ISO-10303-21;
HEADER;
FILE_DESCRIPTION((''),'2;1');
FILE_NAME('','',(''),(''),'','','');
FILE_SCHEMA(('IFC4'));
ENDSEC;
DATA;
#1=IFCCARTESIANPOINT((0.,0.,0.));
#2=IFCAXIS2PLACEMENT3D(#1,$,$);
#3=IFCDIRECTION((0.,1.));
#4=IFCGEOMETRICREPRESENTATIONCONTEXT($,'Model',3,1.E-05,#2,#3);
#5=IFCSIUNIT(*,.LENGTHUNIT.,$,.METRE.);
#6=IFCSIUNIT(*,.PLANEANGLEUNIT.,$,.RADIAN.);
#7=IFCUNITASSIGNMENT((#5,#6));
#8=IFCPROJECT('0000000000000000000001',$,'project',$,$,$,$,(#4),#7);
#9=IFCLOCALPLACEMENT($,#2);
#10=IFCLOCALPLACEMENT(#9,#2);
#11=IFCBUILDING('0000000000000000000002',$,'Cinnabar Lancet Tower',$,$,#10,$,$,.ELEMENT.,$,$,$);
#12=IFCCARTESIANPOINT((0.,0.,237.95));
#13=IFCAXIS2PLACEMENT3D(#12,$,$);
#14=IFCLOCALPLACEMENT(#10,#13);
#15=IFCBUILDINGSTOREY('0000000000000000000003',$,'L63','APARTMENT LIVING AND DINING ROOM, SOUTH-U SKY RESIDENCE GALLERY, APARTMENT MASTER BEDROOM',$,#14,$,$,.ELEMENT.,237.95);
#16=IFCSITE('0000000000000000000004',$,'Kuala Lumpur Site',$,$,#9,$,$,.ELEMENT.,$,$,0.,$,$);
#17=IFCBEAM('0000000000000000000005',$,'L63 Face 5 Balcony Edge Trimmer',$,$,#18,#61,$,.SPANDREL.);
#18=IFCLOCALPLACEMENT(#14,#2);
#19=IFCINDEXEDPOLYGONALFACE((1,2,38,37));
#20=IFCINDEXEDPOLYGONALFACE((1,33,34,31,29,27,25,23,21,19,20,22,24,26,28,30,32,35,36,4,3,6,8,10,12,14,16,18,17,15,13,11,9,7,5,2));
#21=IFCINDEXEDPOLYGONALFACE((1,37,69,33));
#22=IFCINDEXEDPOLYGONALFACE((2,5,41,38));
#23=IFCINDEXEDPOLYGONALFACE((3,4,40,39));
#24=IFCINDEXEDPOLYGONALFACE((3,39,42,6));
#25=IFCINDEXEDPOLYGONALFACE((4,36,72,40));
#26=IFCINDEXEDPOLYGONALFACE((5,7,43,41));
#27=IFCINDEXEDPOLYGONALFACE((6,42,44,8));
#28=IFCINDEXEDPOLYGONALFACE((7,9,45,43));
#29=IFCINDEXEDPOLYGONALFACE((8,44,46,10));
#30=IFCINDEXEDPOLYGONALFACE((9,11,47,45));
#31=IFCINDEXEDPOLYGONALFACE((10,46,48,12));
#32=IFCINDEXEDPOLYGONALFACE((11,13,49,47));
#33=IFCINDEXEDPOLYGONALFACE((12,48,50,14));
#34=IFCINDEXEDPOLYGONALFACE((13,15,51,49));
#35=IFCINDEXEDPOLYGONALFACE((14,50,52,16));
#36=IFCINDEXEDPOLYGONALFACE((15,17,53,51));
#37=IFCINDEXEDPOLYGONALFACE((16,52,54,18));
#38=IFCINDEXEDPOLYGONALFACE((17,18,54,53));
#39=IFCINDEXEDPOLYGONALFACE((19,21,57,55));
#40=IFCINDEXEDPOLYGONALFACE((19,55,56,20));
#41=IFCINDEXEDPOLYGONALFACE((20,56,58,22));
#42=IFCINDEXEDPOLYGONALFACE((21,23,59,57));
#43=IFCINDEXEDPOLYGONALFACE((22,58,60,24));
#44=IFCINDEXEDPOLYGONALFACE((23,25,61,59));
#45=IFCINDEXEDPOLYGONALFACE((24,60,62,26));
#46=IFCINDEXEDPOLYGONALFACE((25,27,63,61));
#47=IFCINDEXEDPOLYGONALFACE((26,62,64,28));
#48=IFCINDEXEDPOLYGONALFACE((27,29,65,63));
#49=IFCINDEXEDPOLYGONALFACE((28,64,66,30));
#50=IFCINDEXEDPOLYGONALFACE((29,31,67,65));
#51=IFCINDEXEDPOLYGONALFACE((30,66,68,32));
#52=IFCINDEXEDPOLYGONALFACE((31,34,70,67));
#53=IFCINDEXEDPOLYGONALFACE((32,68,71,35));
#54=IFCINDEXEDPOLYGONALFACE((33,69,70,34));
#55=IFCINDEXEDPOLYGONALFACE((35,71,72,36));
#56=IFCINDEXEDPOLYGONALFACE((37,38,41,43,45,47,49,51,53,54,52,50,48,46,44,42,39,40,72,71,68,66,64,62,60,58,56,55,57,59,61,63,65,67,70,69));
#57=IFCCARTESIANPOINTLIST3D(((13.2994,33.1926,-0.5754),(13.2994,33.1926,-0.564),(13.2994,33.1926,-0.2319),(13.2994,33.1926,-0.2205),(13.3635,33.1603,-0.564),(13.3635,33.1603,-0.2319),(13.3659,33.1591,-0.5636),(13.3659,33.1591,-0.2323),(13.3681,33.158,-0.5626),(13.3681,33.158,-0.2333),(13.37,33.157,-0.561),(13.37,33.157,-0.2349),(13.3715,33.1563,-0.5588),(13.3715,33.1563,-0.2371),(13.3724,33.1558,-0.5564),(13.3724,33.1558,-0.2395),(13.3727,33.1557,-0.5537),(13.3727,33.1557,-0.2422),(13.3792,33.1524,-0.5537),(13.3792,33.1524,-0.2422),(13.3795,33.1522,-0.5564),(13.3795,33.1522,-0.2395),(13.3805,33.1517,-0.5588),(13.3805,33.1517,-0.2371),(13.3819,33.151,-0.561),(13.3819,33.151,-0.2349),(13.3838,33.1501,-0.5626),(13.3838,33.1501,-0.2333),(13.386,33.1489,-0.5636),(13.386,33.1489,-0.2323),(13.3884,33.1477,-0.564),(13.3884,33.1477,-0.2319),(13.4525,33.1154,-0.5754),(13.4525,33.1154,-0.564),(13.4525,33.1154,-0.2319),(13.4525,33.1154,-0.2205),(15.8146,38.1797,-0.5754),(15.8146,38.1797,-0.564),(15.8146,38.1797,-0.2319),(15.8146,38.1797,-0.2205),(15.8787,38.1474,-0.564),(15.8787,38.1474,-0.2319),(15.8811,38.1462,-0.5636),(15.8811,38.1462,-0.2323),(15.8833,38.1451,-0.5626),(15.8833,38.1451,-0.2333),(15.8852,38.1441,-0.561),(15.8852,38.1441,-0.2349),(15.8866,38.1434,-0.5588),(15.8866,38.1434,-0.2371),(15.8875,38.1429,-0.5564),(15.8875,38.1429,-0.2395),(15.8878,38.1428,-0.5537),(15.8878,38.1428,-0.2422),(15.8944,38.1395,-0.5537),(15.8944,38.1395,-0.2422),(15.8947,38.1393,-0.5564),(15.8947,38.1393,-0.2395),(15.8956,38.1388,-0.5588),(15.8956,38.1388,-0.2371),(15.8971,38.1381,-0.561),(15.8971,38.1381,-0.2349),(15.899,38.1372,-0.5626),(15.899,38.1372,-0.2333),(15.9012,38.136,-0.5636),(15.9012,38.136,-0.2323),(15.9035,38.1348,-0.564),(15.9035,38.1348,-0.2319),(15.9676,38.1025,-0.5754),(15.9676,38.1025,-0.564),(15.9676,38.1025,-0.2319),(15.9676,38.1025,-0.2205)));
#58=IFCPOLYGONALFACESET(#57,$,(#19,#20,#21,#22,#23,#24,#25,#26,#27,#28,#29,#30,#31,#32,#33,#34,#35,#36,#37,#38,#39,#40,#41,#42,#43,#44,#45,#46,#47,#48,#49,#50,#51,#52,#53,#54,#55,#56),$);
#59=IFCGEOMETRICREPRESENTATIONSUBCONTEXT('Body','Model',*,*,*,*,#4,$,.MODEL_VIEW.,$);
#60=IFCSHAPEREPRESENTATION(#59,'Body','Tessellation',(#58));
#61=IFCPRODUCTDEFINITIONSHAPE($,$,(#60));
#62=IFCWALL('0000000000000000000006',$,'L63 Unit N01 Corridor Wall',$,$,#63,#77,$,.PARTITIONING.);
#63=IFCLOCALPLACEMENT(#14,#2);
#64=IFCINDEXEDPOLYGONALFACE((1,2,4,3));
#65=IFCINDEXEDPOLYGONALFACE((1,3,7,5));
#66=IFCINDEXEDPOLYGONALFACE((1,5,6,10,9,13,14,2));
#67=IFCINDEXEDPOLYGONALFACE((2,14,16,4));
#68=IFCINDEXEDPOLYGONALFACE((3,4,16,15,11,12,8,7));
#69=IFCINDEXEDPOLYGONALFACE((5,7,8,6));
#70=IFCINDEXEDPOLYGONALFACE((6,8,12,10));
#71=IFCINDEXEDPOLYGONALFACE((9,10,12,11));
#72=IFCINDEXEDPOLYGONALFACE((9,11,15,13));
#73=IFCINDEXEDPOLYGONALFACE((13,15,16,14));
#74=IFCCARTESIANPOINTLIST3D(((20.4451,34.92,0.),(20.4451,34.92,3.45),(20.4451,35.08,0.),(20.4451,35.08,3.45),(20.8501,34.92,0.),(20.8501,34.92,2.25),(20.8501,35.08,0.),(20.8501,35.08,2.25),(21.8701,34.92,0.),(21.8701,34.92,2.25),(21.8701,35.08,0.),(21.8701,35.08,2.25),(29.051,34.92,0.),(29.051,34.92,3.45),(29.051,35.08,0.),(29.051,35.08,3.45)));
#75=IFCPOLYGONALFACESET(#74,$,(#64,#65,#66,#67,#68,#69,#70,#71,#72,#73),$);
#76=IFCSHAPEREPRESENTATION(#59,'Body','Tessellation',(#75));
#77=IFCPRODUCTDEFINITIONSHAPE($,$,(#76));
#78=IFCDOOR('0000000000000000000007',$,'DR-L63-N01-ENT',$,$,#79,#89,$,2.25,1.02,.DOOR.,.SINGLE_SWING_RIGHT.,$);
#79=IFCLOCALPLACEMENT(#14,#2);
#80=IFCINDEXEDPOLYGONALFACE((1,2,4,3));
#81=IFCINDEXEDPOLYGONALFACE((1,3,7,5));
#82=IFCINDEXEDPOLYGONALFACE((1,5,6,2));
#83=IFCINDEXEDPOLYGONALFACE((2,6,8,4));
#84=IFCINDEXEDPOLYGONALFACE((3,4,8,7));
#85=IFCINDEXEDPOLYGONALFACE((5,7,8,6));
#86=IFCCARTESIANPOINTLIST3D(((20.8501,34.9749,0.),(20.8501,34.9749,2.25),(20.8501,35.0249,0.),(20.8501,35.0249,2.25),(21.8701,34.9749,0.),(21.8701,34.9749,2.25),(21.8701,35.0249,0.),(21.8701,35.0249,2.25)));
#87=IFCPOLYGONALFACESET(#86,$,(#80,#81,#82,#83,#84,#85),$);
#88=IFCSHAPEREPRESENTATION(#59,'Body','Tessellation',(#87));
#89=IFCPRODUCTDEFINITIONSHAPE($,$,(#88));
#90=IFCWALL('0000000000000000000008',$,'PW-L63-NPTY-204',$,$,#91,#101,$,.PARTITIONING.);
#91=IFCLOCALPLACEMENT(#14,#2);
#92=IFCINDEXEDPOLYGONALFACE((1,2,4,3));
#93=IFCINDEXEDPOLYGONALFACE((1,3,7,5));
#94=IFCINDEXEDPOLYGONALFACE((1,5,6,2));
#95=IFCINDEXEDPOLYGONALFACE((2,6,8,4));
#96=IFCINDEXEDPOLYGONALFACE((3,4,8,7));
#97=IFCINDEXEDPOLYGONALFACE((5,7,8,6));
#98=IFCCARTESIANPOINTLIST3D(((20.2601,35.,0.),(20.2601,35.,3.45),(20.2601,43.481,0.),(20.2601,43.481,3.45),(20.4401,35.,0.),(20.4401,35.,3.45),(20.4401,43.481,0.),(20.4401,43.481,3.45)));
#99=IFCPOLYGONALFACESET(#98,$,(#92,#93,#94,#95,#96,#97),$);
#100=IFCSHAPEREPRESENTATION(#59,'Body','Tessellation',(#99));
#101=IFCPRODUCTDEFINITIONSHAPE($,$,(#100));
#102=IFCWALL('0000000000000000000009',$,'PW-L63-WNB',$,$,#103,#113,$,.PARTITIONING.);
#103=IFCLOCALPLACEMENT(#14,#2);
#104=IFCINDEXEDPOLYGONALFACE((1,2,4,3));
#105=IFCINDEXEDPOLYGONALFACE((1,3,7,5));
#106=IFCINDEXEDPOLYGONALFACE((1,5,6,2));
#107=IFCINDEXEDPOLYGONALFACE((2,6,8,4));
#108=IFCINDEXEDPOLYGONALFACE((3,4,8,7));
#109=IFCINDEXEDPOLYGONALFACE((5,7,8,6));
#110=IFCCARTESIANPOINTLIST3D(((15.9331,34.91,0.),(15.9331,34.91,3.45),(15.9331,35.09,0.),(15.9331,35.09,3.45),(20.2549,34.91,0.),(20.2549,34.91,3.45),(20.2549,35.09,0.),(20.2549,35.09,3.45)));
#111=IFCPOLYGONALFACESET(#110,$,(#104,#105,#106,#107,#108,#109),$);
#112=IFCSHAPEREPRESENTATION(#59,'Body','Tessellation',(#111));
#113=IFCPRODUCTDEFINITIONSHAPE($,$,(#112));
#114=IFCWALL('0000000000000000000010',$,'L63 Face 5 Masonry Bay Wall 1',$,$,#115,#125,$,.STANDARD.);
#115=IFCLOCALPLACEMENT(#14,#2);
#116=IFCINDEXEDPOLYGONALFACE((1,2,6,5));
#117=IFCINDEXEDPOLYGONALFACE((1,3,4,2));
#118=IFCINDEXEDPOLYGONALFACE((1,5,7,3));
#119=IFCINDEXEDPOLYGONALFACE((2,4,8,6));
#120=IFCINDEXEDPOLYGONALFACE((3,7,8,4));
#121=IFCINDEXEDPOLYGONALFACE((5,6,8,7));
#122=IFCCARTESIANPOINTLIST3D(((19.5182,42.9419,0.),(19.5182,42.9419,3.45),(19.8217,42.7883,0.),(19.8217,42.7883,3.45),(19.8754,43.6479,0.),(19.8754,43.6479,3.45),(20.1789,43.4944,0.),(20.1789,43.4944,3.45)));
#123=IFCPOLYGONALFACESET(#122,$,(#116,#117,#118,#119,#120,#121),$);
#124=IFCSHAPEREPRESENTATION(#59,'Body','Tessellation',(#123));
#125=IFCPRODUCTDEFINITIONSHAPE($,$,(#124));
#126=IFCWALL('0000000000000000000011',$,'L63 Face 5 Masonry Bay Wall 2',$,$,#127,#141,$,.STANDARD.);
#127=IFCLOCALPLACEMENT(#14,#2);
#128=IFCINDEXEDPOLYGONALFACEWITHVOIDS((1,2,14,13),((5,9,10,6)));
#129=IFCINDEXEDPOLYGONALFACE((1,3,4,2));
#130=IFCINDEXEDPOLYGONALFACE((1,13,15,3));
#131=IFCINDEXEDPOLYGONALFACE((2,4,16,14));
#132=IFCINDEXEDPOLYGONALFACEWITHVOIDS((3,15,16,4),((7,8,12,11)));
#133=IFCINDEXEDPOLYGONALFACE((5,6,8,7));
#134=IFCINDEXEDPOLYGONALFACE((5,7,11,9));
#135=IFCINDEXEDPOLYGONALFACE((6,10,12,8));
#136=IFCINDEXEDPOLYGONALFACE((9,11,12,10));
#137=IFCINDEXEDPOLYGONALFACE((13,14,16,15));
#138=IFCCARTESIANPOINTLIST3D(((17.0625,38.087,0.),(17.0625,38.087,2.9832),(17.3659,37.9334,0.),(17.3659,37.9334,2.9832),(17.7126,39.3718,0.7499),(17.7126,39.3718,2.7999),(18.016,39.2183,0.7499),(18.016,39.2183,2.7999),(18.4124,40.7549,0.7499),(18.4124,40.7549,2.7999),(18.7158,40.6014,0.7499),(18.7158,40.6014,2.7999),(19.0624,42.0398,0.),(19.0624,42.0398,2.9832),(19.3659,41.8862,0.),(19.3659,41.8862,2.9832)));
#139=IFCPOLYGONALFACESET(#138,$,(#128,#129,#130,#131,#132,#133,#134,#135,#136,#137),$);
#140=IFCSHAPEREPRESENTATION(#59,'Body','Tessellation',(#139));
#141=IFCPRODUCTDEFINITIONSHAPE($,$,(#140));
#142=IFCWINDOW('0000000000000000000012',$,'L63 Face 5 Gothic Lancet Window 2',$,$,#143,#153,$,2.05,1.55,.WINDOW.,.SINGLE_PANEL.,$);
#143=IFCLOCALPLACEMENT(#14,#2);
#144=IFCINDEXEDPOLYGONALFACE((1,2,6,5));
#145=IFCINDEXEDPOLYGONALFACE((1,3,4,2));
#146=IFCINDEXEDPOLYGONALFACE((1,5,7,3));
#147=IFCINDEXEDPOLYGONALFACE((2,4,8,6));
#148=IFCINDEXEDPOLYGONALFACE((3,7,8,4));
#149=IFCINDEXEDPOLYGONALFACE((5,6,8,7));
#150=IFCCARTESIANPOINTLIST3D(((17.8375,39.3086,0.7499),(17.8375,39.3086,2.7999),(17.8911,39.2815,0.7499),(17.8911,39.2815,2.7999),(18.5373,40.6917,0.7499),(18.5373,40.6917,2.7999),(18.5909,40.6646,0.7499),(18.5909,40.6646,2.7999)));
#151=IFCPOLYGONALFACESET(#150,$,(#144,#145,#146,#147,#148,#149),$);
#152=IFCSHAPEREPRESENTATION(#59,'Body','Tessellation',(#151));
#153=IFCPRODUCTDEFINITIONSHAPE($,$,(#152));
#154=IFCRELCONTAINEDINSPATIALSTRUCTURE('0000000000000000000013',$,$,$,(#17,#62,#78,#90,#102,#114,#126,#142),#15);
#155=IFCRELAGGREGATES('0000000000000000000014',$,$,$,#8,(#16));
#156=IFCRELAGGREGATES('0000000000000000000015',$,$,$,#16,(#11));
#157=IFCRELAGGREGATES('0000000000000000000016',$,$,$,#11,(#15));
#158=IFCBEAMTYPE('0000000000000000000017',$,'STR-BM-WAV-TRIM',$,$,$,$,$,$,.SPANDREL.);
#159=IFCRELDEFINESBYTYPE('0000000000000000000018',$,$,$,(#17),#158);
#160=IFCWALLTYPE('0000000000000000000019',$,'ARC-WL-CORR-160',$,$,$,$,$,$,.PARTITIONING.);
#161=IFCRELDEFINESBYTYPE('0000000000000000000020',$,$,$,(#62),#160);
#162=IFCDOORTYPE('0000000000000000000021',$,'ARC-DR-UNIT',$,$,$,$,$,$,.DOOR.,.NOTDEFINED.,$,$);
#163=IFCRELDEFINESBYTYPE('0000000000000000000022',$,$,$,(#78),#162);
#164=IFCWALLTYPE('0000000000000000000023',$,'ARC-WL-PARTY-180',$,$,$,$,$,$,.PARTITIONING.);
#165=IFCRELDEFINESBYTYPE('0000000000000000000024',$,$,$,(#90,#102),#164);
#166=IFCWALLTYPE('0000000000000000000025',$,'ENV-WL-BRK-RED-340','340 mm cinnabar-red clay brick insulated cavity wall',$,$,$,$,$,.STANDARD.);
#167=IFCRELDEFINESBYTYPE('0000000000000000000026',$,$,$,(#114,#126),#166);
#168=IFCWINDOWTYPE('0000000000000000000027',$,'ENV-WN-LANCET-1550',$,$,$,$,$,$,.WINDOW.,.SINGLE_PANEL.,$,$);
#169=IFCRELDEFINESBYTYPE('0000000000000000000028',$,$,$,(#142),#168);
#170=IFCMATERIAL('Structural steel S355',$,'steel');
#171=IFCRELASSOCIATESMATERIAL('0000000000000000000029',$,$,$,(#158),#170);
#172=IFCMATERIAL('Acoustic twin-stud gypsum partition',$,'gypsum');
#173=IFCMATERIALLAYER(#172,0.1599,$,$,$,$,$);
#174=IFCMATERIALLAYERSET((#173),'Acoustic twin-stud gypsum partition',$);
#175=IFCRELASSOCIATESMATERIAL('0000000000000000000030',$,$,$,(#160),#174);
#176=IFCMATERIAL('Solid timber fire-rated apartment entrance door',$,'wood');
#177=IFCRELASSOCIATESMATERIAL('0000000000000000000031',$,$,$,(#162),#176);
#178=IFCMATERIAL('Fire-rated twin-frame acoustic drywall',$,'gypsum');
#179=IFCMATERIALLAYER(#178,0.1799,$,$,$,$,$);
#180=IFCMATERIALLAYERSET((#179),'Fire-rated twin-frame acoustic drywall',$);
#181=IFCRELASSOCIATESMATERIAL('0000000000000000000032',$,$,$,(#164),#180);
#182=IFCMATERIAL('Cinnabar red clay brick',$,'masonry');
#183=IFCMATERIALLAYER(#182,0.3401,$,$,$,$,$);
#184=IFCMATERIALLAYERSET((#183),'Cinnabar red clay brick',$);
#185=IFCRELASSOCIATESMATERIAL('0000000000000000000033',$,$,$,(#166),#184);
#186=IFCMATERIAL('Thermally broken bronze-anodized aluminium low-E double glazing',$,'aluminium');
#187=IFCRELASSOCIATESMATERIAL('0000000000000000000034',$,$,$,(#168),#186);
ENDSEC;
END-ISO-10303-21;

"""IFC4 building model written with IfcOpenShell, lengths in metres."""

from ifc_helpers import new_model, si_unit, direction, frame, frame_2d, origin, origin_2d, place, context, subcontext, project, spatial, rectangle, i_section, extrude, material, layer, layer_set, material_profile, profile_set, type_object, element, fill, save


model = new_model("IFC4")

# Units and contexts
model_context = context("Model", 3, precision=1e-05, world=origin(), true_north=direction((0.0, 1.0)))
body_context = subcontext(model_context, "Body", "Model", "MODEL_VIEW")
ifc_project = project(units=[si_unit("LENGTHUNIT", "METRE"), si_unit("PLANEANGLEUNIT", "RADIAN")], contexts=[model_context])

# Site, building, storey
site_placement = place(None, origin())
site = spatial("IfcSite", under=ifc_project, at=site_placement, Name="Kuala Lumpur Site", CompositionType="ELEMENT", RefElevation=0.0)
building_placement = place(site_placement, origin())
building = spatial("IfcBuilding", under=site, at=building_placement, Name="Cinnabar Lancet Tower", CompositionType="ELEMENT")
storey_placement = place(building_placement, frame((0.0, 0.0, 237.95)))
storey = spatial("IfcBuildingStorey", under=building, at=storey_placement, Name="L63", Description="APARTMENT LIVING AND DINING ROOM, SOUTH-U SKY RESIDENCE GALLERY, APARTMENT MASTER BEDROOM", CompositionType="ELEMENT", Elevation=237.95)

# Beam
ifc_material_1 = material(Name="Structural steel S355", Category="steel")
ifc_material_profile_1 = material_profile(ifc_material_1, i_section(OverallWidth=0.1714, OverallDepth=0.355, WebThickness=0.0073, FlangeThickness=0.0115, FilletRadius=0.0103, at=origin_2d()), Name="UKB 356x171x51")
ifc_profile_set_1 = profile_set([ifc_material_profile_1], Name="Structural steel S355")
beam_type_1 = type_object("IfcBeamType", Name="STR-BM-WAV-TRIM", PredefinedType="SPANDREL", material=ifc_profile_set_1)
beam_1_placement = place(storey_placement, frame((15.8911, 38.1411, -0.3979), z_axis=(-0.450306, -0.892874, 0.0), x_axis=(0.892874, -0.450306, 0.0)))
element("IfcBeam", 1, at=beam_1_placement, inside=storey, type_object=beam_type_1, Name="L63 Face 5 Balcony Edge Trimmer", PredefinedType="SPANDREL", context=body_context, shape_type="SweptSolid", body=[
    extrude(i_section(OverallWidth=0.1714, OverallDepth=0.355, WebThickness=0.0073, FlangeThickness=0.0115, FilletRadius=0.0103, at=origin_2d()), origin(), (0.0, 0.0, 1.0), 5.5854),
])

# Wall, opening, door
ifc_material_2 = material(Name="Acoustic twin-stud gypsum partition", Category="gypsum")
ifc_layer_1 = layer(ifc_material_2, 0.1599)
ifc_layer_set_1 = layer_set([ifc_layer_1], Name="Acoustic twin-stud gypsum partition")
wall_type_1 = type_object("IfcWallType", Name="ARC-WL-CORR-160", PredefinedType="PARTITIONING", material=ifc_layer_set_1)
wall_1_placement = place(storey_placement, frame((20.4451, 35.0, 0.0), z_axis=(0.0, 0.0, 1.0), x_axis=(1.0, 0.0, 0.0)))
wall_1 = element("IfcWall", 2, at=wall_1_placement, inside=storey, type_object=wall_type_1, Name="L63 Unit N01 Corridor Wall", PredefinedType="PARTITIONING", context=body_context, shape_type="SweptSolid", body=[
    extrude(rectangle(XDim=8.606, YDim=0.1599, at=frame_2d((4.303, 0.0))), origin(), (0.0, 0.0, 1.0), 3.45),
])
opening_1_placement = place(wall_1_placement, frame((0.405, 0.0, 0.0)))
opening_1 = element("IfcOpeningElement", 3, at=opening_1_placement, cuts=wall_1, PredefinedType="OPENING", context=body_context, shape_type="SweptSolid", body=[
    extrude(rectangle(XDim=1.02, YDim=2.25, at=frame_2d((0.51, 1.125))), frame((0.0, 0.0898, 0.0), z_axis=(0.0, -1.0, 0.0), x_axis=(1.0, 0.0, 0.0)), (0.0, 0.0, 1.0), 0.1799),
])
ifc_material_3 = material(Name="Solid timber fire-rated apartment entrance door", Category="wood")
door_type_1 = type_object("IfcDoorType", Name="ARC-DR-UNIT", OperationType="NOTDEFINED", PredefinedType="DOOR", material=ifc_material_3)
door_1_placement = place(opening_1_placement, origin())
door_1 = element("IfcDoor", 4, at=door_1_placement, inside=storey, type_object=door_type_1, Name="DR-L63-N01-ENT", OperationType="SINGLE_SWING_RIGHT", OverallHeight=2.25, OverallWidth=1.02, PredefinedType="DOOR", context=body_context, shape_type="SweptSolid", body=[
    extrude(rectangle(XDim=1.02, YDim=2.25, at=frame_2d((0.51, 1.125))), frame((0.0, 0.0249, 0.0), z_axis=(0.0, -1.0, 0.0), x_axis=(1.0, 0.0, 0.0)), (0.0, 0.0, 1.0), 0.05),
])
fill(opening_1, door_1)

# Walls
ifc_material_4 = material(Name="Fire-rated twin-frame acoustic drywall", Category="gypsum")
ifc_layer_2 = layer(ifc_material_4, 0.1799)
ifc_layer_set_2 = layer_set([ifc_layer_2], Name="Fire-rated twin-frame acoustic drywall")
wall_type_2 = type_object("IfcWallType", Name="ARC-WL-PARTY-180", PredefinedType="PARTITIONING", material=ifc_layer_set_2)
wall_2_placement = place(storey_placement, frame((20.3501, 35.0, 0.0), z_axis=(0.0, 0.0, 1.0), x_axis=(0.0, 1.0, 0.0)))
element("IfcWall", 5, at=wall_2_placement, inside=storey, type_object=wall_type_2, Name="PW-L63-NPTY-204", PredefinedType="PARTITIONING", context=body_context, shape_type="SweptSolid", body=[
    extrude(rectangle(XDim=8.481, YDim=0.1799, at=frame_2d((4.2405, 0.0))), origin(), (0.0, 0.0, 1.0), 3.45),
])
wall_3_placement = place(storey_placement, frame((15.9331, 35.0, 0.0), z_axis=(0.0, 0.0, 1.0), x_axis=(1.0, 0.0, 0.0)))
element("IfcWall", 6, at=wall_3_placement, inside=storey, type_object=wall_type_2, Name="PW-L63-WNB", PredefinedType="PARTITIONING", context=body_context, shape_type="SweptSolid", body=[
    extrude(rectangle(XDim=4.3218, YDim=0.1799, at=frame_2d((2.1609, 0.0))), origin(), (0.0, 0.0, 1.0), 3.45),
])
ifc_material_5 = material(Name="Cinnabar red clay brick", Category="masonry")
ifc_layer_3 = layer(ifc_material_5, 0.3401)
ifc_layer_set_3 = layer_set([ifc_layer_3], Name="Cinnabar red clay brick")
wall_type_3 = type_object("IfcWallType", Name="ENV-WL-BRK-RED-340", Description="340 mm cinnabar-red clay brick insulated cavity wall", PredefinedType="STANDARD", material=ifc_layer_set_3)
wall_4_placement = place(storey_placement, frame((20.0271, 43.571, 0.0), z_axis=(0.0, 0.0, 1.0), x_axis=(-0.451405, -0.892319, 0.0)))
element("IfcWall", 7, at=wall_4_placement, inside=storey, type_object=wall_type_3, Name="L63 Face 5 Masonry Bay Wall 1", PredefinedType="STANDARD", context=body_context, shape_type="SweptSolid", body=[
    extrude(rectangle(XDim=0.7913, YDim=0.3401, at=frame_2d((0.3955, 0.0))), origin(), (0.0, 0.0, 1.0), 3.45),
])

# Wall, opening, window
wall_5_placement = place(storey_placement, frame((19.2141, 41.9629, 0.0), z_axis=(0.0, 0.0, 1.0), x_axis=(-0.451463, -0.89229, 0.0)))
wall_5 = element("IfcWall", 8, at=wall_5_placement, inside=storey, type_object=wall_type_3, Name="L63 Face 5 Masonry Bay Wall 2", PredefinedType="STANDARD", context=body_context, shape_type="SweptSolid", body=[
    extrude(rectangle(XDim=4.4299, YDim=0.3401, at=frame_2d((2.2148, 0.0))), origin(), (0.0, 0.0, 1.0), 2.9832),
])
opening_2_placement = place(wall_5_placement, frame((1.4399, 0.0, 0.75)))
opening_2 = element("IfcOpeningElement", 9, at=opening_2_placement, cuts=wall_5, PredefinedType="OPENING", context=body_context, shape_type="SweptSolid", body=[
    extrude(rectangle(XDim=1.55, YDim=2.05, at=frame_2d((0.7749, 1.0249))), frame((0.0, 0.1799, 0.0), z_axis=(0.0, -1.0, 0.0), x_axis=(1.0, 0.0, 0.0)), (0.0, 0.0, 1.0), 0.3601),
])
ifc_material_6 = material(Name="Thermally broken bronze-anodized aluminium low-E double glazing", Category="aluminium")
window_type_1 = type_object("IfcWindowType", Name="ENV-WN-LANCET-1550", PartitioningType="SINGLE_PANEL", PredefinedType="WINDOW", material=ifc_material_6)
window_1_placement = place(opening_2_placement, origin())
window_1 = element("IfcWindow", 10, at=window_1_placement, inside=storey, type_object=window_type_1, Name="L63 Face 5 Gothic Lancet Window 2", OverallHeight=2.05, OverallWidth=1.55, PartitioningType="SINGLE_PANEL", PredefinedType="WINDOW", context=body_context, shape_type="SweptSolid", body=[
    extrude(rectangle(XDim=1.55, YDim=2.05, at=frame_2d((0.7749, 1.0249))), frame((0.0, 0.03, 0.0), z_axis=(0.0, -1.0, 0.0), x_axis=(1.0, 0.0, 0.0)), (0.0, 0.0, 1.0), 0.0601),
])
fill(opening_2, window_1)

save(model, "model.ifc")
